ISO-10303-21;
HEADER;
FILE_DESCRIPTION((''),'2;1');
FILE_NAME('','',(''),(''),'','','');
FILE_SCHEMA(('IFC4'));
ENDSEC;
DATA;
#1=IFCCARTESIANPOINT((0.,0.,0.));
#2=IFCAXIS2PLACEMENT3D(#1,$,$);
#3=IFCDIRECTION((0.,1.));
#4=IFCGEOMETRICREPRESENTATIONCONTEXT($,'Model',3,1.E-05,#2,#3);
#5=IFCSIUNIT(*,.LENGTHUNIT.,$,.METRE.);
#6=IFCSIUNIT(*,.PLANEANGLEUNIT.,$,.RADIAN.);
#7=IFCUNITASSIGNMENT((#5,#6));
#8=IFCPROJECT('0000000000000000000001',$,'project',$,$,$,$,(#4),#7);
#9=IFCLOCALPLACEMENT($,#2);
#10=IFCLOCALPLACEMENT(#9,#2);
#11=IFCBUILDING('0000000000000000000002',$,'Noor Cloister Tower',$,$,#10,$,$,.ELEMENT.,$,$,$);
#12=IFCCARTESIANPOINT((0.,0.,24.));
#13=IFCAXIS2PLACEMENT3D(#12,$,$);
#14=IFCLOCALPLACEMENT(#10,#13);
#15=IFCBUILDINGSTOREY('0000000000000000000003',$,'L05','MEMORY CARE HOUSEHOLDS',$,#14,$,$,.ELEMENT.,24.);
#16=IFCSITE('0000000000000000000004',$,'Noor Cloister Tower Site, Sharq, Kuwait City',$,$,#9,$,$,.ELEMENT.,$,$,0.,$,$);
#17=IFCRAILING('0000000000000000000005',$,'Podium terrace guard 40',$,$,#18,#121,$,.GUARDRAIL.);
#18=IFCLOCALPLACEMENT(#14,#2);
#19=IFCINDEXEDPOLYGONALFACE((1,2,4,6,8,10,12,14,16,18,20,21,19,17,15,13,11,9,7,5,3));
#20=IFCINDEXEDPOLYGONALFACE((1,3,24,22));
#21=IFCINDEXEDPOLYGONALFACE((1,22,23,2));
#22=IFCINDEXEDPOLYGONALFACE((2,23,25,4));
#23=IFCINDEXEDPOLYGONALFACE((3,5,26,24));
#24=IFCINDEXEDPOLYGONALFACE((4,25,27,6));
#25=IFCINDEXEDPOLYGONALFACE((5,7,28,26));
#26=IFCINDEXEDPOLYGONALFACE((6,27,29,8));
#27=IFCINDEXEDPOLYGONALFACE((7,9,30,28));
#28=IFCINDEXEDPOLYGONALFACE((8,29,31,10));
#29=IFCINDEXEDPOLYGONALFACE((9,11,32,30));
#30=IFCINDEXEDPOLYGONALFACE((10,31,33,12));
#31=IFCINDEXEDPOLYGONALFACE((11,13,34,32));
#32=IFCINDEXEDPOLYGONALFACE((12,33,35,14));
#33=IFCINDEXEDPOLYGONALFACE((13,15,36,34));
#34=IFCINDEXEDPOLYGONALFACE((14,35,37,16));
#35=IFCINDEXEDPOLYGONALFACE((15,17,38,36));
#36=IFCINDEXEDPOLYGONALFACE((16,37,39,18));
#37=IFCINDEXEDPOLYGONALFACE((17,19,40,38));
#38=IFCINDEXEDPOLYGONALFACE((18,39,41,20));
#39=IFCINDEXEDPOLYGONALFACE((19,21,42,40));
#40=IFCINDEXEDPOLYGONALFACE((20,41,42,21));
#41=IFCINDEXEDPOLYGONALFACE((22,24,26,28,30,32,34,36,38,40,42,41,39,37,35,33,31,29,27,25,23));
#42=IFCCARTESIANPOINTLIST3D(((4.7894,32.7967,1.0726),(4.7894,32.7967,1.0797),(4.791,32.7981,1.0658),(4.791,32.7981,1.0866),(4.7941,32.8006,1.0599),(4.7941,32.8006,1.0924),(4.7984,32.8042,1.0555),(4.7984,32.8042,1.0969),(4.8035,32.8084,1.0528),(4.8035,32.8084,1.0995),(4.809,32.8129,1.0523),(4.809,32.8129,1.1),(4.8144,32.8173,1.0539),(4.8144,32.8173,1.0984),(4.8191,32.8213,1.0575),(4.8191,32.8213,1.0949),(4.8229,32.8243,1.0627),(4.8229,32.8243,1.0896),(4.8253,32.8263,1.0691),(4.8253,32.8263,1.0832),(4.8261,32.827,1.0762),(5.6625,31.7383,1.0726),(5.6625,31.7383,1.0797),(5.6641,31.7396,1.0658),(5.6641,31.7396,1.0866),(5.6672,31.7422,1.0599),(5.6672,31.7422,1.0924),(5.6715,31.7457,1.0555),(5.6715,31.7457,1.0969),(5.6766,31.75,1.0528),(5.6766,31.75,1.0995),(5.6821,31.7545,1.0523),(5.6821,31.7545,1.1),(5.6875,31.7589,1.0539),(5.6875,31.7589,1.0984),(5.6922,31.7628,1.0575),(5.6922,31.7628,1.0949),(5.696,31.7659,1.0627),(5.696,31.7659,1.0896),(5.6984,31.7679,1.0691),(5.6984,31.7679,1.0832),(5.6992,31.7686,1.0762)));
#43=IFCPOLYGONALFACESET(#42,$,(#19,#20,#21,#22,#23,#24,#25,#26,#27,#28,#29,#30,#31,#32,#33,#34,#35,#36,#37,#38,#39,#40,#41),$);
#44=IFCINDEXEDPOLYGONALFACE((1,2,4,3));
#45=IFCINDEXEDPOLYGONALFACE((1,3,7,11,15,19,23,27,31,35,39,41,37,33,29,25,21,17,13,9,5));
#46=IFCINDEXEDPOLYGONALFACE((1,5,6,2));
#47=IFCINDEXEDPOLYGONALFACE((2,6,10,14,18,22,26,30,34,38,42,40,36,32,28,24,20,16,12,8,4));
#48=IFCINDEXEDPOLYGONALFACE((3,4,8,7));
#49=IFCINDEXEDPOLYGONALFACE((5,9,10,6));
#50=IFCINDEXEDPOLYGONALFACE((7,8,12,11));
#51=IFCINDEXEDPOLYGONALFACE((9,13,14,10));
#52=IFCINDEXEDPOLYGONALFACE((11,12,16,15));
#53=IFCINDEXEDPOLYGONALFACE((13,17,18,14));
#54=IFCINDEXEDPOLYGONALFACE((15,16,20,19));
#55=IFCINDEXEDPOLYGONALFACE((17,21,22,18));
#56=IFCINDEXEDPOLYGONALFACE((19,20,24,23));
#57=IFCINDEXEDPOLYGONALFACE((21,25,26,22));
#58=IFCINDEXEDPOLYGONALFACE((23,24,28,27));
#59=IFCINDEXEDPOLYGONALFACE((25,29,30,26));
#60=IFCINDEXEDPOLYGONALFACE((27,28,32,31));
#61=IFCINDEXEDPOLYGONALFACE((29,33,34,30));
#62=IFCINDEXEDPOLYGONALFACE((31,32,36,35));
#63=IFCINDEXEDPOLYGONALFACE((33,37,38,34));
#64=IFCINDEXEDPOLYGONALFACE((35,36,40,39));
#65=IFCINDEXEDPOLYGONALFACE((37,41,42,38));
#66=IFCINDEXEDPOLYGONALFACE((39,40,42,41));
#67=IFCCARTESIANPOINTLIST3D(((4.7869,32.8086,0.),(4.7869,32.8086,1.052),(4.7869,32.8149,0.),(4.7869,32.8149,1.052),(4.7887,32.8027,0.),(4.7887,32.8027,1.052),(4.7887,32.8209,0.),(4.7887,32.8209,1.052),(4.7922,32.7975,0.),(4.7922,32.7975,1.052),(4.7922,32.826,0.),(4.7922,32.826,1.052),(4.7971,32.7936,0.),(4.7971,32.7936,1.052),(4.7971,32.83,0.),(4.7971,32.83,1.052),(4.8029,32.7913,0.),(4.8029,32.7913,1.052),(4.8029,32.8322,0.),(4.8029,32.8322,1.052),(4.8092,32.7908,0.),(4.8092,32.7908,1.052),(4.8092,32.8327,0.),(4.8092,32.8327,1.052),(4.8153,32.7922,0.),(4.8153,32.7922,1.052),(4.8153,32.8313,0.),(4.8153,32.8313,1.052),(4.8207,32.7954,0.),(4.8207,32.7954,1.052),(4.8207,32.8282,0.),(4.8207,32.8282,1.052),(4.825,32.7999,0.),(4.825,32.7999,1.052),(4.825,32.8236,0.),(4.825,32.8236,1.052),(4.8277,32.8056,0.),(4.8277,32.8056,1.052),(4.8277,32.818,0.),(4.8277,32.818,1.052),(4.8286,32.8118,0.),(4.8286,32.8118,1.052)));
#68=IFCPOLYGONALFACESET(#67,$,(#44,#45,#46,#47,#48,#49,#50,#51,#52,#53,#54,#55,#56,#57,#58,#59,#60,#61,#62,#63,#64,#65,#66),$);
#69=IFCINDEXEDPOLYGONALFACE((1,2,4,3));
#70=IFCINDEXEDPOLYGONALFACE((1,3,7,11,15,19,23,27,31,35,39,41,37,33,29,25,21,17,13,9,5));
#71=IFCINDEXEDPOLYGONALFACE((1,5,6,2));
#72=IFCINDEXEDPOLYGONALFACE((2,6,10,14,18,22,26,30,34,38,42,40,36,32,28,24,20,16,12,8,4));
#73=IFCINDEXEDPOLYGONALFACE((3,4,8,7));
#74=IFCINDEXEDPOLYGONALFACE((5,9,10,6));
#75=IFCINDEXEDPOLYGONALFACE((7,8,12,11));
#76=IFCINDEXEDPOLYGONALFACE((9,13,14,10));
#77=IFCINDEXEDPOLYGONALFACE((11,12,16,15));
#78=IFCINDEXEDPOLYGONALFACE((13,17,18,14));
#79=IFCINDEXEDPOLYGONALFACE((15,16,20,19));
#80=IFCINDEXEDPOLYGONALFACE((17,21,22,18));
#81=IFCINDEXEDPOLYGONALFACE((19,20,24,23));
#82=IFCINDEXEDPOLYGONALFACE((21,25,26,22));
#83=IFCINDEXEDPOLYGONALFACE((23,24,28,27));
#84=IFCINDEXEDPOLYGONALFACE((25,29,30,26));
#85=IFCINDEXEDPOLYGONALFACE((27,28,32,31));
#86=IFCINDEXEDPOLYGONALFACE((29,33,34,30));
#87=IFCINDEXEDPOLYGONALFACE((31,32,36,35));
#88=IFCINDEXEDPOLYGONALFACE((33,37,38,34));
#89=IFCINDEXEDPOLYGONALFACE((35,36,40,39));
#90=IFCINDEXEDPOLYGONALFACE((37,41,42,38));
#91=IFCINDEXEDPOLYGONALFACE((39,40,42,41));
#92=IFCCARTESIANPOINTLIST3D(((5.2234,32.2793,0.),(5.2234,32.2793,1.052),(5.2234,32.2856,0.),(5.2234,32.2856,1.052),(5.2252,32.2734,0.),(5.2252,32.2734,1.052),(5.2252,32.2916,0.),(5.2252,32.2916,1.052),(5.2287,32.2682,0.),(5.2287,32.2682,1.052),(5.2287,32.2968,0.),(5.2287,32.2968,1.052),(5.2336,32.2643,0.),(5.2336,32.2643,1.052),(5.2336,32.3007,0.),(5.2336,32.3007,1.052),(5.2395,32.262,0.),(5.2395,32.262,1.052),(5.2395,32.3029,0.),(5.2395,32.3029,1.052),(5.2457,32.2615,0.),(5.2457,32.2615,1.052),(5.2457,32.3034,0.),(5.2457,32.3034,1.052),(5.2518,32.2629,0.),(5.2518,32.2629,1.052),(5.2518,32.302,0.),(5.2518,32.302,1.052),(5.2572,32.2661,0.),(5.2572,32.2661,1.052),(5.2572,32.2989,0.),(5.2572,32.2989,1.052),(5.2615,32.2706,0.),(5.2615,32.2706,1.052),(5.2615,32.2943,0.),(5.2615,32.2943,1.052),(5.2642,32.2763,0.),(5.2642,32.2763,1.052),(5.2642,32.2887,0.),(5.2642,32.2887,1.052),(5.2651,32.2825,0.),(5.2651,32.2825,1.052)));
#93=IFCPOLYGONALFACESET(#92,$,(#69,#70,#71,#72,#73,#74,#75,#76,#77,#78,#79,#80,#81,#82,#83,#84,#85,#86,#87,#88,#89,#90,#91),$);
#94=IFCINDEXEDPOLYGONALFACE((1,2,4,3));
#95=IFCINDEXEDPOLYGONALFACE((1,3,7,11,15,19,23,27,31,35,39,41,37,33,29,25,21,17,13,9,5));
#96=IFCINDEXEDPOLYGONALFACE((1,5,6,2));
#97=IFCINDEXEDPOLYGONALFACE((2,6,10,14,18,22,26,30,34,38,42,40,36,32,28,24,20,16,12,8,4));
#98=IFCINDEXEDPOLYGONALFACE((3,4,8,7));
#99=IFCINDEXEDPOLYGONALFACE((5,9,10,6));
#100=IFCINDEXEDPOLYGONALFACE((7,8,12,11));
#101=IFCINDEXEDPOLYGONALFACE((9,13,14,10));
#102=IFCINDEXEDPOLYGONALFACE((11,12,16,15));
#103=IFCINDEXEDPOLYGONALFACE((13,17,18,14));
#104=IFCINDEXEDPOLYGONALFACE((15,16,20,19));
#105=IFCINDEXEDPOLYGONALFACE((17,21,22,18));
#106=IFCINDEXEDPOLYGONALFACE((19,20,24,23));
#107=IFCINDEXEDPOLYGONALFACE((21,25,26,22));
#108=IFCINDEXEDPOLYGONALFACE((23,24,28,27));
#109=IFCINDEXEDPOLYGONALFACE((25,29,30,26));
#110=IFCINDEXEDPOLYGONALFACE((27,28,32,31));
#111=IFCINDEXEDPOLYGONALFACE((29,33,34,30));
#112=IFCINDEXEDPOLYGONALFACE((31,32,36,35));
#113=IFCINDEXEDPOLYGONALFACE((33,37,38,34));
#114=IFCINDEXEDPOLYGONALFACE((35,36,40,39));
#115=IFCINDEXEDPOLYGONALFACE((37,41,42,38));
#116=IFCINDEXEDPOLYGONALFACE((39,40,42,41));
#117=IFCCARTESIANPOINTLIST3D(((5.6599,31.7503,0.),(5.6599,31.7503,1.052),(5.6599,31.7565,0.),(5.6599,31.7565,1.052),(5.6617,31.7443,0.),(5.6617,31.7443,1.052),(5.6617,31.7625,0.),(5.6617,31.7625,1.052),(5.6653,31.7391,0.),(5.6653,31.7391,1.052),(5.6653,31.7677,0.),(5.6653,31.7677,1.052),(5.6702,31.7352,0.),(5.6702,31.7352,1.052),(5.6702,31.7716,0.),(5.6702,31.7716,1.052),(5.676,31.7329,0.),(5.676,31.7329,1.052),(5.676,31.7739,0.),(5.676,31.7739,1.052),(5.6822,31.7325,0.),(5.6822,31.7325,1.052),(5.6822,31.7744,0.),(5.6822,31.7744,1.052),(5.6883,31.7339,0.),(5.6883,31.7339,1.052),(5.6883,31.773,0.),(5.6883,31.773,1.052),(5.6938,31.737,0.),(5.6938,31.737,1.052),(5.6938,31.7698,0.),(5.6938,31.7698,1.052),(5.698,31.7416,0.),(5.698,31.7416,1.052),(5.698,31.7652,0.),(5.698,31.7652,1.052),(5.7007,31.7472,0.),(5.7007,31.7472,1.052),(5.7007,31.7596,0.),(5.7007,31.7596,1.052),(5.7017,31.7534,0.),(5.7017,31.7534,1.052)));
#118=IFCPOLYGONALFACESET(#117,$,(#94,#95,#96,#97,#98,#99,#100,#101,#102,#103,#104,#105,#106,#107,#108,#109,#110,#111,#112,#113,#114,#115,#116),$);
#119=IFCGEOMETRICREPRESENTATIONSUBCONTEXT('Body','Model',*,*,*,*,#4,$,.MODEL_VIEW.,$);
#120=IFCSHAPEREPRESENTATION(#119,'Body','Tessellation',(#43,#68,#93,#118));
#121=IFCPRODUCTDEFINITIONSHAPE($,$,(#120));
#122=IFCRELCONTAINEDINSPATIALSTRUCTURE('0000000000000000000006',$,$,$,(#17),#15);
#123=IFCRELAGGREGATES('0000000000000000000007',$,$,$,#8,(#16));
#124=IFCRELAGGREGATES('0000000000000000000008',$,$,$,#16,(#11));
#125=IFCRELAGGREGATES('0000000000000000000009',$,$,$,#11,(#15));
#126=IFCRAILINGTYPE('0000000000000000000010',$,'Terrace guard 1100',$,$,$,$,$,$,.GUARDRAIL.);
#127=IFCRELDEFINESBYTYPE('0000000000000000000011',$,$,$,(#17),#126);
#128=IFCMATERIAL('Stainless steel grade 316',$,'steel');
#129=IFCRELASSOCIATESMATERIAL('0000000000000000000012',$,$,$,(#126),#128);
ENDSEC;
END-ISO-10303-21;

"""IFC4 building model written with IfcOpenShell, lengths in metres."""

from ifc_helpers import new_model, si_unit, direction, frame, origin, origin_2d, place, context, subcontext, project, spatial, circle, extrude, material, type_object, element, save


model = new_model("IFC4")

# Units and contexts
model_context = context("Model", 3, precision=1e-05, world=origin(), true_north=direction((0.0, 1.0)))
body_context = subcontext(model_context, "Body", "Model", "MODEL_VIEW")
ifc_project = project(units=[si_unit("LENGTHUNIT", "METRE"), si_unit("PLANEANGLEUNIT", "RADIAN")], contexts=[model_context])

# Site, building, storey
site_placement = place(None, origin())
site = spatial("IfcSite", under=ifc_project, at=site_placement, Name="Noor Cloister Tower Site, Sharq, Kuwait City", CompositionType="ELEMENT", RefElevation=0.0)
building_placement = place(site_placement, origin())
building = spatial("IfcBuilding", under=site, at=building_placement, Name="Noor Cloister Tower", CompositionType="ELEMENT")
storey_placement = place(building_placement, frame((0.0, 0.0, 24.0)))
storey = spatial("IfcBuildingStorey", under=building, at=storey_placement, Name="L05", Description="MEMORY CARE HOUSEHOLDS", CompositionType="ELEMENT", Elevation=24.0)

# Railing
ifc_material_1 = material(Name="Stainless steel grade 316", Category="steel")
railing_type = type_object("IfcRailingType", Name="Terrace guard 1100", PredefinedType="GUARDRAIL", material=ifc_material_1)
railing_1_placement = place(storey_placement, frame((4.8076, 32.8118, 0.0)))
element("IfcRailing", 1, at=railing_1_placement, inside=storey, type_object=railing_type, Name="Podium terrace guard 40", PredefinedType="GUARDRAIL", context=body_context, shape_type="SweptSolid", body=[
    extrude(circle(Radius=0.0239, at=origin_2d()), frame((0.0, 0.0, 1.0762), z_axis=(0.636343, -0.771406, 0.0), x_axis=(0.771406, 0.636343, 0.0)), (0.0, 0.0, 1.0), 1.3721),
    extrude(circle(Radius=0.021, at=origin_2d()), origin(), (0.0, 0.0, 1.0), 1.052),
    extrude(circle(Radius=0.021, at=origin_2d()), frame((0.4365, -0.5293, 0.0)), (0.0, 0.0, 1.0), 1.052),
    extrude(circle(Radius=0.021, at=origin_2d()), frame((0.873, -1.0583, 0.0)), (0.0, 0.0, 1.0), 1.052),
])

save(model, "model.ifc")
